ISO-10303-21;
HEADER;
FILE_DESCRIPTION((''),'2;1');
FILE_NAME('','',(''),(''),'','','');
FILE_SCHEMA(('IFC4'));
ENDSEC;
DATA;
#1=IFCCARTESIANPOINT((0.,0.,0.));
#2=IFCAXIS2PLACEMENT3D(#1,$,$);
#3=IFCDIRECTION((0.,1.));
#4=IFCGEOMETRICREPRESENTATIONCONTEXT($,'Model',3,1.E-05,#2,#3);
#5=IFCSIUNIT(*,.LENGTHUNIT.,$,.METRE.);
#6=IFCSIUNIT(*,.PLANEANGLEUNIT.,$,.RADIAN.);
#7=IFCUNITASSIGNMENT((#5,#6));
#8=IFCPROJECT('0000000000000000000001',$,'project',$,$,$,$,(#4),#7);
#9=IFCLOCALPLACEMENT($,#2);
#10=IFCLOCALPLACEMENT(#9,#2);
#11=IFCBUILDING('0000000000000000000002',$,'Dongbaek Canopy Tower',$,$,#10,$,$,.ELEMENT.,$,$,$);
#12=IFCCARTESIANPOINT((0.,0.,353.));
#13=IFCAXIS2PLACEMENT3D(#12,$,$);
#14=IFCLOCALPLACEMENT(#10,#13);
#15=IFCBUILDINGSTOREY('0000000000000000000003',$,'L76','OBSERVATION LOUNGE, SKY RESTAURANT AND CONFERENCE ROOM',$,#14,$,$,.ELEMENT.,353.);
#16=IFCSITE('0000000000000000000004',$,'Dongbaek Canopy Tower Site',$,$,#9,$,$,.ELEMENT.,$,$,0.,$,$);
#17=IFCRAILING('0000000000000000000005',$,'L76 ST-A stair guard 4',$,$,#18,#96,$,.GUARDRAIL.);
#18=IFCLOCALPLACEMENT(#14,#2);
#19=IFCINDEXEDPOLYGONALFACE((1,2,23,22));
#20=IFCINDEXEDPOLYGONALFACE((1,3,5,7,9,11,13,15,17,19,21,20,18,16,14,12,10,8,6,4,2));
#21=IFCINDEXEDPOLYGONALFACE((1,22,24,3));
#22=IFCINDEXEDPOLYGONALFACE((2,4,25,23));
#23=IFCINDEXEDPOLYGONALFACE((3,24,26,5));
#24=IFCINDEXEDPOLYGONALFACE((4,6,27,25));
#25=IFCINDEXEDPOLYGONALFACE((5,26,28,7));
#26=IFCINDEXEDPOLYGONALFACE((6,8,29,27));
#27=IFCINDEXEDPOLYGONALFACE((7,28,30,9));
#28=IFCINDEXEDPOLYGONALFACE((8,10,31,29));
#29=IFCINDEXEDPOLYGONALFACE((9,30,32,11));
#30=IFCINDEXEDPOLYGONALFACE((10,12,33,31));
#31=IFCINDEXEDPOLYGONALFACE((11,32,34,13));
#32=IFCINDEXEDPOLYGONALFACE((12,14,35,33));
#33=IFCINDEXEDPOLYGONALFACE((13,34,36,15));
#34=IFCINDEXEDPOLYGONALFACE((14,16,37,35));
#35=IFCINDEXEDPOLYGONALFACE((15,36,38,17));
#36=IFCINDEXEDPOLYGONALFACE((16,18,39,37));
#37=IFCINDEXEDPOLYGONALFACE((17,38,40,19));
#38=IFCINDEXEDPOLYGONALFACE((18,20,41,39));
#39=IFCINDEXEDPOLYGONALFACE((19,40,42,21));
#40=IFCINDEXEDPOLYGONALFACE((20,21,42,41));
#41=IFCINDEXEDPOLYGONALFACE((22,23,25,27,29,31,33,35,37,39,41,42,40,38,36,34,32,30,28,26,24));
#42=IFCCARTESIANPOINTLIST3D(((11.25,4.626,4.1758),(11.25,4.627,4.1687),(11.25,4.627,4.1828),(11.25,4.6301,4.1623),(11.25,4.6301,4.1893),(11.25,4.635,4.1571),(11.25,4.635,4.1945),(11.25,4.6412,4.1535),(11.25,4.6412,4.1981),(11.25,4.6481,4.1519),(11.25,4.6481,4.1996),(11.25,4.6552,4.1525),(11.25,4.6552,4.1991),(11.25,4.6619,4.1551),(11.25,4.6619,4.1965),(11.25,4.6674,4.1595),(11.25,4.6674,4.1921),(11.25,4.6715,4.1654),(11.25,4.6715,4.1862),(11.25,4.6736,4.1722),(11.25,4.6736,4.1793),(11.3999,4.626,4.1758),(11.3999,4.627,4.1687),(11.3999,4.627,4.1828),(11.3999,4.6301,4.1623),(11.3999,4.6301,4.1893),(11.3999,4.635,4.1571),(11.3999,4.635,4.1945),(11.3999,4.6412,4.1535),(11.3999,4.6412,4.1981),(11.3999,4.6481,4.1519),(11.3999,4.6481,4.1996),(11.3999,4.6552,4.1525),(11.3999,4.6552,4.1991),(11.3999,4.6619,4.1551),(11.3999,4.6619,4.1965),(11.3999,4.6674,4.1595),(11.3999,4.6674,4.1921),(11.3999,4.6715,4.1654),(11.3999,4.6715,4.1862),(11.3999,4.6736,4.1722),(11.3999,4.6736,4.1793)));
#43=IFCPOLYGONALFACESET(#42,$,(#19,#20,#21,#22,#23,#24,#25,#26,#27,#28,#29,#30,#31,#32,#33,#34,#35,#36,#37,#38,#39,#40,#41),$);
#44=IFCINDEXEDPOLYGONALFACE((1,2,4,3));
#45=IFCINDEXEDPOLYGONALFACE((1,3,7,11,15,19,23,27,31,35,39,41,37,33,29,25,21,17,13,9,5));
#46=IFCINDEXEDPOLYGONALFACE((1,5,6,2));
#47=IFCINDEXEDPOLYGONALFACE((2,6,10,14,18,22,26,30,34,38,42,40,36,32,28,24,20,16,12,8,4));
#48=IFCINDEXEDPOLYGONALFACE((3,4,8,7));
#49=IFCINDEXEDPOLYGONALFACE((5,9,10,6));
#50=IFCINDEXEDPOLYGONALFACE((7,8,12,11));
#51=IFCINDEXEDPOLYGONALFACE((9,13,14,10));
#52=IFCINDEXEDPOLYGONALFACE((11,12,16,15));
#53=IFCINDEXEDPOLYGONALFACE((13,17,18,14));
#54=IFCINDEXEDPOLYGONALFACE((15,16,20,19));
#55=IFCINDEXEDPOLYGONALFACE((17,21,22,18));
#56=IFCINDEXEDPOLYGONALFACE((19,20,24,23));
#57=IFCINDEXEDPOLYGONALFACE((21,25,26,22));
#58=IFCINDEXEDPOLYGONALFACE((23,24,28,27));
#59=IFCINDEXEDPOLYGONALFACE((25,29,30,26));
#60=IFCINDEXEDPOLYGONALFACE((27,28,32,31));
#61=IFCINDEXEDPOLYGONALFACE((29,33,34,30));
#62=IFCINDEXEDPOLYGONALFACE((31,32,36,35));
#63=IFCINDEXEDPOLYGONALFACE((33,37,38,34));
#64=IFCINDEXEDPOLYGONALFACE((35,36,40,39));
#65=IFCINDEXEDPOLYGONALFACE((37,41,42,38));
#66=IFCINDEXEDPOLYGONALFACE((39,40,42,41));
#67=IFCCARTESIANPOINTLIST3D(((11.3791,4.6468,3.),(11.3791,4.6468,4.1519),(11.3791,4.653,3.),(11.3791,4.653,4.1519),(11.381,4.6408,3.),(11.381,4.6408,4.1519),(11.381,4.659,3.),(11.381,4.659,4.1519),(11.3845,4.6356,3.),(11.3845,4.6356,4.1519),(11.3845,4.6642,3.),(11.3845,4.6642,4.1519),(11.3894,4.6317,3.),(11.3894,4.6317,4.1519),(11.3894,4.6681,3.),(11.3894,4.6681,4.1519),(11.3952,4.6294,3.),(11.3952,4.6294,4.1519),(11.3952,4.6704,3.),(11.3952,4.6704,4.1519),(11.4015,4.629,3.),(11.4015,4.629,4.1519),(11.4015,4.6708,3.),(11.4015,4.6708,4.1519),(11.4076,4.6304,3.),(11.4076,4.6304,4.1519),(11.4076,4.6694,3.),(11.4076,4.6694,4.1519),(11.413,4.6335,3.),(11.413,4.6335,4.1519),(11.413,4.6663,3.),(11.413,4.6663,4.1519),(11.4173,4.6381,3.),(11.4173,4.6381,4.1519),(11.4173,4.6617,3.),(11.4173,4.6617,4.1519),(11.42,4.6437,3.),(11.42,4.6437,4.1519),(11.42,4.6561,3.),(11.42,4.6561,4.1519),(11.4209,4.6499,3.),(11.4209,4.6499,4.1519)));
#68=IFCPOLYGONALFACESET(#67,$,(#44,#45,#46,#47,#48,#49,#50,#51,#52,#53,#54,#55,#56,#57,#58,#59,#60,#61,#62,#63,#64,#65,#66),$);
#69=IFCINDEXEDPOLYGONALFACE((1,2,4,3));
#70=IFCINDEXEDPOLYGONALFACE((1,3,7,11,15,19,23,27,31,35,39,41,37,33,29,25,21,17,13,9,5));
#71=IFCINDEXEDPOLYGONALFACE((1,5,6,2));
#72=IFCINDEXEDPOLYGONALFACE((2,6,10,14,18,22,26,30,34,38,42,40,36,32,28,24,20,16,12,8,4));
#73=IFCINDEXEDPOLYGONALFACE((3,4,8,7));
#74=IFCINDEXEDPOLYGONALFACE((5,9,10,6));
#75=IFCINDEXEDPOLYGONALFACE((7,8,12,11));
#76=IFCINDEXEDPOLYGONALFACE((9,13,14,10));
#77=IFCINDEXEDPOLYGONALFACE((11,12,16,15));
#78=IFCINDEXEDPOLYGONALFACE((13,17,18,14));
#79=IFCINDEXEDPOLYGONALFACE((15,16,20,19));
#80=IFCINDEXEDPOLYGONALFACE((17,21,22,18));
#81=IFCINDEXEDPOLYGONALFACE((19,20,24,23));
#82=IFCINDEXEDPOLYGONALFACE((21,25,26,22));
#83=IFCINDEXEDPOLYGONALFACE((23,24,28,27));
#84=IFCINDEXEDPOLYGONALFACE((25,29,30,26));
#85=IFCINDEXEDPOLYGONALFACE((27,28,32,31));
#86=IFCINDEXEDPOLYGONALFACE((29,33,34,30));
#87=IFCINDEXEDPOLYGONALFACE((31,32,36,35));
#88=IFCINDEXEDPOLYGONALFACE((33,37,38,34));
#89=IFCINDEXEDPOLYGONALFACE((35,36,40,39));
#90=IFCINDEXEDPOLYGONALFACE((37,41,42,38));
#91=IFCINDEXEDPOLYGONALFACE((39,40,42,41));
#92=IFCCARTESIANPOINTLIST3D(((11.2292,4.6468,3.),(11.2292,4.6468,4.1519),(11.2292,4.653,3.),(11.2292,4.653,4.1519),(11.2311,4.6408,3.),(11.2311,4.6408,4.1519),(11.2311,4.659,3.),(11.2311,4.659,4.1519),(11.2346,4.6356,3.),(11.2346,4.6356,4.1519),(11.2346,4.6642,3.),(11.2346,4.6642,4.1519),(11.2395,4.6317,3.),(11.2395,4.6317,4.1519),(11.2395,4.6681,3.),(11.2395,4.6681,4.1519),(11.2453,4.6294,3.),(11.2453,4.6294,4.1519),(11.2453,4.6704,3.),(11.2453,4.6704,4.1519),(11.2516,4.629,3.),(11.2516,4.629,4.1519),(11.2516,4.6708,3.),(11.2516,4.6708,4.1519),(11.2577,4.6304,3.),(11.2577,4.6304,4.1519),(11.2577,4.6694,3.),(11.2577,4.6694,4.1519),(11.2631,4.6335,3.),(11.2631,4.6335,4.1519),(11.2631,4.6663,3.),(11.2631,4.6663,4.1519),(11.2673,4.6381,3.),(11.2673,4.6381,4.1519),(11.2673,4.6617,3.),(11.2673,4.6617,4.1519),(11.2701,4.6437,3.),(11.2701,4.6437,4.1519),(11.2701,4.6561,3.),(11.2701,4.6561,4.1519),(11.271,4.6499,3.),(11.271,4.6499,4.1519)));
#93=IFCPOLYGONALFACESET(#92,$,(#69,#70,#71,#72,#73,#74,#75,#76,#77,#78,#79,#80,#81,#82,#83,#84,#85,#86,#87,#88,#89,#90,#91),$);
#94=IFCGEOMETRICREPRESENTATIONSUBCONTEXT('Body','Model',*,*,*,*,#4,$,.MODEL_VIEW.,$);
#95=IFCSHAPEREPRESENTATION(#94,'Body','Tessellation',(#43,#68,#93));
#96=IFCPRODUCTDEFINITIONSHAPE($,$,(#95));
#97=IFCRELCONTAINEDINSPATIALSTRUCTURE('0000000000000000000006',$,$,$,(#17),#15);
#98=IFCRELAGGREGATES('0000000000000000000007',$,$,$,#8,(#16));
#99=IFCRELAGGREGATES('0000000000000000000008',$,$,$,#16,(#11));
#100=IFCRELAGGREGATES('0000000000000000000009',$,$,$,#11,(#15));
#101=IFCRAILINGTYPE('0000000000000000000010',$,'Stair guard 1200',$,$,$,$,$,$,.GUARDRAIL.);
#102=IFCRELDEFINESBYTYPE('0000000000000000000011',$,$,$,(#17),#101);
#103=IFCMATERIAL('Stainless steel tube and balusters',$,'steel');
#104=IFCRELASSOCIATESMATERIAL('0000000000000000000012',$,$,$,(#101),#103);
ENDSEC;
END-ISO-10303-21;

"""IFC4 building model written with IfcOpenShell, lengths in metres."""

from ifc_helpers import new_model, si_unit, direction, frame, origin, origin_2d, place, context, subcontext, project, spatial, circle, extrude, material, type_object, element, save


model = new_model("IFC4")

# Units and contexts
model_context = context("Model", 3, precision=1e-05, world=origin(), true_north=direction((0.0, 1.0)))
body_context = subcontext(model_context, "Body", "Model", "MODEL_VIEW")
ifc_project = project(units=[si_unit("LENGTHUNIT", "METRE"), si_unit("PLANEANGLEUNIT", "RADIAN")], contexts=[model_context])

# Site, building, storey
site_placement = place(None, origin())
site = spatial("IfcSite", under=ifc_project, at=site_placement, Name="Dongbaek Canopy Tower Site", CompositionType="ELEMENT", RefElevation=0.0)
building_placement = place(site_placement, origin())
building = spatial("IfcBuilding", under=site, at=building_placement, Name="Dongbaek Canopy Tower", CompositionType="ELEMENT")
storey_placement = place(building_placement, frame((0.0, 0.0, 353.0)))
storey = spatial("IfcBuildingStorey", under=building, at=storey_placement, Name="L76", Description="OBSERVATION LOUNGE, SKY RESTAURANT AND CONFERENCE ROOM", CompositionType="ELEMENT", Elevation=353.0)

# Railing
ifc_material_1 = material(Name="Stainless steel tube and balusters", Category="steel")
railing_type_1 = type_object("IfcRailingType", Name="Stair guard 1200", PredefinedType="GUARDRAIL", material=ifc_material_1)
railing_1_placement = place(storey_placement, frame((11.3999, 4.6499, 3.0)))
element("IfcRailing", 1, at=railing_1_placement, inside=storey, type_object=railing_type_1, Name="L76 ST-A stair guard 4", PredefinedType="GUARDRAIL", context=body_context, shape_type="SweptSolid", body=[
    extrude(circle(Radius=0.0239, at=origin_2d()), frame((0.0, 0.0, 1.1758), z_axis=(-1.0, 0.0, 0.0), x_axis=(0.0, -1.0, 0.0)), (0.0, 0.0, 1.0), 0.1499),
    extrude(circle(Radius=0.021, at=origin_2d()), origin(), (0.0, 0.0, 1.0), 1.1519),
    extrude(circle(Radius=0.021, at=origin_2d()), frame((-0.1499, 0.0, 0.0)), (0.0, 0.0, 1.0), 1.1519),
])

save(model, "model.ifc")
